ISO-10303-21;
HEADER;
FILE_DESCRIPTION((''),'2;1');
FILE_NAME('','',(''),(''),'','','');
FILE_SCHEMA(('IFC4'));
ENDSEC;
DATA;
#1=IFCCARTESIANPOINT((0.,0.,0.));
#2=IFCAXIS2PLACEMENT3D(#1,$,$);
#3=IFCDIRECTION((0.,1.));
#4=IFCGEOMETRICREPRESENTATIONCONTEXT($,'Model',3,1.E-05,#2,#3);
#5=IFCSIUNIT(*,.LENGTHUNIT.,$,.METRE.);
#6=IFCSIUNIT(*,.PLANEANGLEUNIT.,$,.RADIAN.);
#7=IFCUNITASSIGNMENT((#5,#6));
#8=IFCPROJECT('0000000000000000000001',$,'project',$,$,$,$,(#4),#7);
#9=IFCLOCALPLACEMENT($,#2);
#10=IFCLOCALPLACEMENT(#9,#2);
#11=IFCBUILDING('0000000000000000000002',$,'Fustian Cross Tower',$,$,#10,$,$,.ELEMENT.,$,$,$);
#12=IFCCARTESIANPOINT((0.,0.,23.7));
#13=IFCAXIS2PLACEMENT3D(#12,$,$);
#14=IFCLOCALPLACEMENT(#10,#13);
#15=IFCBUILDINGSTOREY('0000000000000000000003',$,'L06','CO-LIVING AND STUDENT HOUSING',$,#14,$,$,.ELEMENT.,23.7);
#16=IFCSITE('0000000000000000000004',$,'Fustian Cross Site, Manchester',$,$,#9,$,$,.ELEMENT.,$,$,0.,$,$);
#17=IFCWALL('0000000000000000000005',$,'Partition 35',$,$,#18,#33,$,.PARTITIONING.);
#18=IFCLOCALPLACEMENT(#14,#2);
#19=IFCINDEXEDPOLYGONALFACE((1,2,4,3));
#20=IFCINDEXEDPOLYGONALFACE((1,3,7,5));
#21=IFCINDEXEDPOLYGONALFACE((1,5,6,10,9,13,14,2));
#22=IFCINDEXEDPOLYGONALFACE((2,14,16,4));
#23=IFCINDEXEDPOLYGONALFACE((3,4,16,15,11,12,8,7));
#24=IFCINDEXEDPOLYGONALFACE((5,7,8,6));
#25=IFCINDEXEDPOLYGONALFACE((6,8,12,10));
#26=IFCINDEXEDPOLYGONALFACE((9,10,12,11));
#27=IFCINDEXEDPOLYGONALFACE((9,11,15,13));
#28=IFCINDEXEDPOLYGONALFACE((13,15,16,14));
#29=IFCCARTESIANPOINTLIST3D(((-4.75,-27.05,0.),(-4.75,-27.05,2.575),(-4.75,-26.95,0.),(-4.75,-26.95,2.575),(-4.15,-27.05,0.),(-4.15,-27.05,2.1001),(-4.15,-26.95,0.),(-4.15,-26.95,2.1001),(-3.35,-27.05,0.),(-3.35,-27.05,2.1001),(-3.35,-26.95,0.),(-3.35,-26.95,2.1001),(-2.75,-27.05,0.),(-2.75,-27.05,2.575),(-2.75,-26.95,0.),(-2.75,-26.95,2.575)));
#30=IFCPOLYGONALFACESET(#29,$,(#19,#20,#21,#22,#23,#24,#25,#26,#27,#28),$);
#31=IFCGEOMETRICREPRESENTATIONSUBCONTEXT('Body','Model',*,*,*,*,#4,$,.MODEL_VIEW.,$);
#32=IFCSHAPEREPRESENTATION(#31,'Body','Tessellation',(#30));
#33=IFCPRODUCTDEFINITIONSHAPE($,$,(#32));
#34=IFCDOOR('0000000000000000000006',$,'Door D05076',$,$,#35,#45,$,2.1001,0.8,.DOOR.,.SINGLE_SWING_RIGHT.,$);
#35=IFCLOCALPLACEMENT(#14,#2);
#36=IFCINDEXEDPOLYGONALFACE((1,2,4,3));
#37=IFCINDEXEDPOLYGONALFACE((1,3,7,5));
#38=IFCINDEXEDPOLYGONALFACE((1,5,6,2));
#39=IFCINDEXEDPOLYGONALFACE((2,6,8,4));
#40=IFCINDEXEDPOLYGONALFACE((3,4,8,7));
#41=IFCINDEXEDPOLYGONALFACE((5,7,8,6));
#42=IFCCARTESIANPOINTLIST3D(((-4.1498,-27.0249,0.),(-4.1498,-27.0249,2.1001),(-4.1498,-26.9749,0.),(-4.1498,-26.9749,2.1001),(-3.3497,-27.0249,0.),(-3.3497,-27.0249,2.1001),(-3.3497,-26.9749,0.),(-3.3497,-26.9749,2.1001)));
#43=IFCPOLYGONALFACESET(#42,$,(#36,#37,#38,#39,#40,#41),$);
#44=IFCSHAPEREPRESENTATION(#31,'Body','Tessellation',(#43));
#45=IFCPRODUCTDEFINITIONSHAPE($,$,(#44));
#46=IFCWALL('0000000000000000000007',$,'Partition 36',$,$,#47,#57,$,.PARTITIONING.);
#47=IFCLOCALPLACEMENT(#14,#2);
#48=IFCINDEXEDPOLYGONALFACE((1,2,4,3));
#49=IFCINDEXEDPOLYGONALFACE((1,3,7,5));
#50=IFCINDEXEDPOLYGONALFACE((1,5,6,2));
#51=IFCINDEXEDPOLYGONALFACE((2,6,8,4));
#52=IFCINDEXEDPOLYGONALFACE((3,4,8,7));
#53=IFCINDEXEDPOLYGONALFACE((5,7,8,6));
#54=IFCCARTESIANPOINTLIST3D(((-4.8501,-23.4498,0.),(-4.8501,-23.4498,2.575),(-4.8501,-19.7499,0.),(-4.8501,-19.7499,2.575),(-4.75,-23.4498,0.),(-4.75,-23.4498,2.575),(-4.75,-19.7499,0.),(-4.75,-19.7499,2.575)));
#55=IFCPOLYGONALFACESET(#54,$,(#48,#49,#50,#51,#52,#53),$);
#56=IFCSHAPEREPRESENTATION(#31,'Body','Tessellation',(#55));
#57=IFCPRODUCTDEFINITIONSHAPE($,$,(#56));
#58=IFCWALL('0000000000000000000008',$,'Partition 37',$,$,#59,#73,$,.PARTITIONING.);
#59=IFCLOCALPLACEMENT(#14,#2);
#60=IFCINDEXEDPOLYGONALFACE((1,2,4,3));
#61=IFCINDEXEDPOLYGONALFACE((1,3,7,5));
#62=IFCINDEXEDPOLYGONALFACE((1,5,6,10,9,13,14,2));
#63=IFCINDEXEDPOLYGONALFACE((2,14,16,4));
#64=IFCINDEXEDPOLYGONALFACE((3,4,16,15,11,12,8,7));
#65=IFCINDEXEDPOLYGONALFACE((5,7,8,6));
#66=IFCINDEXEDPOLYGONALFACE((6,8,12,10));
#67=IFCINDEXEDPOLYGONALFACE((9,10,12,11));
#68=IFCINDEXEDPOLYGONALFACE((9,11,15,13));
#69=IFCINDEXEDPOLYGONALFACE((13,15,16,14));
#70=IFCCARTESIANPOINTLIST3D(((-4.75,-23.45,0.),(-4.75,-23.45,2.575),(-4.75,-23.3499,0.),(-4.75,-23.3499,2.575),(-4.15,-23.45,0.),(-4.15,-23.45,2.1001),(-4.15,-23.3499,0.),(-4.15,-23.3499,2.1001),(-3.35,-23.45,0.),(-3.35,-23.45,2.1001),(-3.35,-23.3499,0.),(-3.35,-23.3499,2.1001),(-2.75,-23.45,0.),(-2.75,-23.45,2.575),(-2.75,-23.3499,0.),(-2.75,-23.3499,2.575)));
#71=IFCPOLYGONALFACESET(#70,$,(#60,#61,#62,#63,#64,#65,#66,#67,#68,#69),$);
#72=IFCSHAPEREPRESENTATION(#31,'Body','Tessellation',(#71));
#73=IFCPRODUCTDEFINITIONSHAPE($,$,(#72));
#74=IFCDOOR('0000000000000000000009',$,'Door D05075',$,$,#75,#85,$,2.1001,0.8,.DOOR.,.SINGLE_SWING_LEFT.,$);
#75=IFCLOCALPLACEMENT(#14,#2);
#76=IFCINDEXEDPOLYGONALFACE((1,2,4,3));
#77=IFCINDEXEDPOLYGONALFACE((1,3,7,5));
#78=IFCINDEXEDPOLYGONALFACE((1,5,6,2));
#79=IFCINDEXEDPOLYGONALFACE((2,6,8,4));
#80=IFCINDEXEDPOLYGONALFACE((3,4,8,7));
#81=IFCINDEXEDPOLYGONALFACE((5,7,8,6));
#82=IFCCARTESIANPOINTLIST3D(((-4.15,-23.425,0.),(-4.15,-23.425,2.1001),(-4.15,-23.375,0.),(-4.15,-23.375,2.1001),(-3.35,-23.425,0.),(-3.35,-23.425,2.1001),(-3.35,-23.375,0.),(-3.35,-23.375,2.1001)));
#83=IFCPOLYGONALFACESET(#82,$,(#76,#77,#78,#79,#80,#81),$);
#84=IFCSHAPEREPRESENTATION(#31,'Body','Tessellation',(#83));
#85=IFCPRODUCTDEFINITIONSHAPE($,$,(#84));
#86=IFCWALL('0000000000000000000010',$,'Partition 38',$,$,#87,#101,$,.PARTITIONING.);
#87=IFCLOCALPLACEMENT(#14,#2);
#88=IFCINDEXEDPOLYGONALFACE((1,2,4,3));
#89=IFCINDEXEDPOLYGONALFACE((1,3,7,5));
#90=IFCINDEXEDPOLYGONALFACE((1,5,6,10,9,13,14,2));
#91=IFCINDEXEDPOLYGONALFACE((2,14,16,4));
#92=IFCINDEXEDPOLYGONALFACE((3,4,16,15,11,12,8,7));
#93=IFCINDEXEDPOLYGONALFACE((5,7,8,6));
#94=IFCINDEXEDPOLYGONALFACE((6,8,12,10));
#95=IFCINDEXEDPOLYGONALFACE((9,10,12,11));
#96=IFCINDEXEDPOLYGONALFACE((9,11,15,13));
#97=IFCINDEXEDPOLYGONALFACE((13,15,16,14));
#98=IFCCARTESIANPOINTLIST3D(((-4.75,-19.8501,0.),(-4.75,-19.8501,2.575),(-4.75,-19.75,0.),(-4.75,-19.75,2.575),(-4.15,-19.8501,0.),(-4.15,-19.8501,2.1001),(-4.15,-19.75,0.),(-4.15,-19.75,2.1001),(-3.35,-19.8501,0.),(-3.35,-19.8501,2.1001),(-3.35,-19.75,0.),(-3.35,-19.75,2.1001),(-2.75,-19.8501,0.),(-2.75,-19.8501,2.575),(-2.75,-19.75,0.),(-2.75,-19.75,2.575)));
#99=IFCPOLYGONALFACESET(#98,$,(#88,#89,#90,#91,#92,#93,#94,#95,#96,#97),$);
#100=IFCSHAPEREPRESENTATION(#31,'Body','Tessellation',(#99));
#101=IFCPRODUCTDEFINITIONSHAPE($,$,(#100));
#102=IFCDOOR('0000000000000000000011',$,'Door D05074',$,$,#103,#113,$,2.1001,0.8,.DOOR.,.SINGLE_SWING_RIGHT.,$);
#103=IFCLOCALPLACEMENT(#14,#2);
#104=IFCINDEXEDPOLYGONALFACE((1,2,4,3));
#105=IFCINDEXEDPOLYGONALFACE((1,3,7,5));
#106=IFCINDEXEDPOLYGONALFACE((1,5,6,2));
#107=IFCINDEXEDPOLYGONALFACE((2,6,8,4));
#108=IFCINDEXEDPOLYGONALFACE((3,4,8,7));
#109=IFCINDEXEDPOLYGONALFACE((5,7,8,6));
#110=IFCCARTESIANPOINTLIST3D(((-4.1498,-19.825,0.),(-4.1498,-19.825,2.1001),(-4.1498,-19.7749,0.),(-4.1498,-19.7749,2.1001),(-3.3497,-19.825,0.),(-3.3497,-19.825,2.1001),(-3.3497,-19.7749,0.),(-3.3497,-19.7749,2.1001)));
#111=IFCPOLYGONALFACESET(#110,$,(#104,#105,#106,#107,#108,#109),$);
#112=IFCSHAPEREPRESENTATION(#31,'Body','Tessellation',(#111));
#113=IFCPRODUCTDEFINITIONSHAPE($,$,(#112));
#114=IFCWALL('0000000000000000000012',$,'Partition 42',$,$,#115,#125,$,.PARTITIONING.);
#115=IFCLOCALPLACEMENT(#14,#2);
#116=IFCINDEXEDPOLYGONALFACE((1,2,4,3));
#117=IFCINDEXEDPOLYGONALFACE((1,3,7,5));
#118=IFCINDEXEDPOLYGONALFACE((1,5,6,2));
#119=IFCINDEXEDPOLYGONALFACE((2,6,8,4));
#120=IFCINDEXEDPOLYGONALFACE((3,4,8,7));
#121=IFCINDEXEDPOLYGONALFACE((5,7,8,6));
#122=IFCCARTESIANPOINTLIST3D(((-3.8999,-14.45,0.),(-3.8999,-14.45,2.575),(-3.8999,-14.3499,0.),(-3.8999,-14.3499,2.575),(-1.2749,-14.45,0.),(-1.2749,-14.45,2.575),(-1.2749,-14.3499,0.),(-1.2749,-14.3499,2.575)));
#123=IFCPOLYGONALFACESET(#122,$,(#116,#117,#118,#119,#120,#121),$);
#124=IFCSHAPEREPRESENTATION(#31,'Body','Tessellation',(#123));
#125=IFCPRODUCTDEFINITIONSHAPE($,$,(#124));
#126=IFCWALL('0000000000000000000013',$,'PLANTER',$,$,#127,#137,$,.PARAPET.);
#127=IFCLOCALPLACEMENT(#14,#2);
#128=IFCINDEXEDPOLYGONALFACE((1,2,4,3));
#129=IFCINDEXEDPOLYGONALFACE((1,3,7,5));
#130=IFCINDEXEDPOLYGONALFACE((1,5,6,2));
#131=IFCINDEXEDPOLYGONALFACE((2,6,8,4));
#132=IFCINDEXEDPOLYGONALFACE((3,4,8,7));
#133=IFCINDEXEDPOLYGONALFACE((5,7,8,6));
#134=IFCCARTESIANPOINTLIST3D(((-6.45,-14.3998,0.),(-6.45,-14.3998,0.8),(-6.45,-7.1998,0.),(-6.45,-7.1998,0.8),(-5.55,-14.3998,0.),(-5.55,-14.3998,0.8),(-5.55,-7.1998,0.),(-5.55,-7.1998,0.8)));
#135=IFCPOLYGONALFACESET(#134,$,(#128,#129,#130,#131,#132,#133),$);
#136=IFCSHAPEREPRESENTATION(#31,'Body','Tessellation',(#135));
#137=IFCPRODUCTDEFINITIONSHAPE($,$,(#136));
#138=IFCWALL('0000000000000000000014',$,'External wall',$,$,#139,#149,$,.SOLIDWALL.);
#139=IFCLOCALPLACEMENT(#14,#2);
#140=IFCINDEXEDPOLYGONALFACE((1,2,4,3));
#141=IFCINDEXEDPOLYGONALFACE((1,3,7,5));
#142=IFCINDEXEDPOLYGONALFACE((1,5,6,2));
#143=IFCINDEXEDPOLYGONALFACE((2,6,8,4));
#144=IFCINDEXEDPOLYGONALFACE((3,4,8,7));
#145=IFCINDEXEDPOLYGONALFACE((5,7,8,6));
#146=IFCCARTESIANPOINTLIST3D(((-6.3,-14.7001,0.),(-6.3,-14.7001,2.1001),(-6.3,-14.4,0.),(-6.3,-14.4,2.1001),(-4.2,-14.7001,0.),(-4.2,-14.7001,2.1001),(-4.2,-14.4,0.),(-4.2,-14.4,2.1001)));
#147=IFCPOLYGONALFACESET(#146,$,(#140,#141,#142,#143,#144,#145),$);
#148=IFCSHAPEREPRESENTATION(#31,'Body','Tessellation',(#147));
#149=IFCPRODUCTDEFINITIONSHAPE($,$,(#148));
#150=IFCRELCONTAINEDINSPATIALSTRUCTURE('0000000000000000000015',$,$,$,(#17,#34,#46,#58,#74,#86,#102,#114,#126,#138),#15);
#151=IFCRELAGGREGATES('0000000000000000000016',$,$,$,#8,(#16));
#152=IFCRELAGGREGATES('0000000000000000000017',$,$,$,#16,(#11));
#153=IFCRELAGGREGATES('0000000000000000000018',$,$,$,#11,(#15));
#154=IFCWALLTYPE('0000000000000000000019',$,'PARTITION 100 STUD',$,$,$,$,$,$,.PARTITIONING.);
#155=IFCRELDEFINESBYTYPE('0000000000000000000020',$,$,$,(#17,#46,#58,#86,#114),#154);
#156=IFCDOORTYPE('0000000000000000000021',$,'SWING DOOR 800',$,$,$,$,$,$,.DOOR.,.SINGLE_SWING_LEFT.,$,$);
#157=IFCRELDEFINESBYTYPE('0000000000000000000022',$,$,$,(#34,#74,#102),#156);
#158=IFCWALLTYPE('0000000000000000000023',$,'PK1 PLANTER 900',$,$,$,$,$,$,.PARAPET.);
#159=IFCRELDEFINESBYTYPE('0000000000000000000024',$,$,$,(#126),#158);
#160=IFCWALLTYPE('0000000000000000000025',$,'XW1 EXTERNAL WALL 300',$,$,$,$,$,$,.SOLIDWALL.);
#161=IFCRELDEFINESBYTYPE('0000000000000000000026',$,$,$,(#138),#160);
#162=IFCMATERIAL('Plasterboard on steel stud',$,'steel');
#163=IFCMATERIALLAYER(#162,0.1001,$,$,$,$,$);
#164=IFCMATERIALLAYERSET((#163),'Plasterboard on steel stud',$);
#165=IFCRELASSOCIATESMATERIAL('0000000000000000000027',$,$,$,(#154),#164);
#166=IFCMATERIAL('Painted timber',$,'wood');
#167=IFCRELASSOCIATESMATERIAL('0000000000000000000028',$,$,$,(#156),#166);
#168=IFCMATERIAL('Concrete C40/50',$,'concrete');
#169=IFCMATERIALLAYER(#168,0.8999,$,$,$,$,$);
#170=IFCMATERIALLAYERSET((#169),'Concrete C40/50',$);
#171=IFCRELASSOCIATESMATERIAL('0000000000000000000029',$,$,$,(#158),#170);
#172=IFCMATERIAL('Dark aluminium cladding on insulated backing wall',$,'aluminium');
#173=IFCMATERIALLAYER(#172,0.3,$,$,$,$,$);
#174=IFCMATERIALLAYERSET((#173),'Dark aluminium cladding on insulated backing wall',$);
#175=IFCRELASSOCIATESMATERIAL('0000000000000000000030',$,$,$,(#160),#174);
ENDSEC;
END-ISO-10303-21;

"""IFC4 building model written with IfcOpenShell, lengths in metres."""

from ifc_helpers import new_model, si_unit, direction, frame, frame_2d, origin, place, context, subcontext, project, spatial, rectangle, extrude, material, layer, layer_set, type_object, element, fill, save


model = new_model("IFC4")

# Units and contexts
model_context = context("Model", 3, precision=1e-05, world=origin(), true_north=direction((0.0, 1.0)))
body_context = subcontext(model_context, "Body", "Model", "MODEL_VIEW")
ifc_project = project(units=[si_unit("LENGTHUNIT", "METRE"), si_unit("PLANEANGLEUNIT", "RADIAN")], contexts=[model_context])

# Site, building, storey
site_placement = place(None, origin())
site = spatial("IfcSite", under=ifc_project, at=site_placement, Name="Fustian Cross Site, Manchester", CompositionType="ELEMENT", RefElevation=0.0)
building_placement = place(site_placement, origin())
building = spatial("IfcBuilding", under=site, at=building_placement, Name="Fustian Cross Tower", CompositionType="ELEMENT")
storey_placement = place(building_placement, frame((0.0, 0.0, 23.7)))
storey = spatial("IfcBuildingStorey", under=building, at=storey_placement, Name="L06", Description="CO-LIVING AND STUDENT HOUSING", CompositionType="ELEMENT", Elevation=23.7)

# Shared definitions
ifc_material_1 = material(Name="Plasterboard on steel stud", Category="steel")
ifc_layer_1 = layer(ifc_material_1, 0.1001)
ifc_layer_set_1 = layer_set([ifc_layer_1], Name="Plasterboard on steel stud")
wall_type_1 = type_object("IfcWallType", Name="PARTITION 100 STUD", PredefinedType="PARTITIONING", material=ifc_layer_set_1)

# Wall, opening, door
wall_1_placement = place(storey_placement, frame((-4.75, -27.0, 0.0), z_axis=(0.0, 0.0, 1.0), x_axis=(1.0, 0.0, 0.0)))
wall_1 = element("IfcWall", 1, at=wall_1_placement, inside=storey, type_object=wall_type_1, Name="Partition 35", PredefinedType="PARTITIONING", context=body_context, shape_type="SweptSolid", body=[
    extrude(rectangle(XDim=2.0, YDim=0.1001, at=frame_2d((1.0, 0.0))), origin(), (0.0, 0.0, 1.0), 2.575),
])
opening_1_placement = place(wall_1_placement, frame((0.6001, 0.0, 0.0)))
opening_1 = element("IfcOpeningElement", 2, at=opening_1_placement, cuts=wall_1, PredefinedType="OPENING", context=body_context, shape_type="SweptSolid", body=[
    extrude(rectangle(XDim=0.8, YDim=2.1001, at=frame_2d((0.3999, 1.05))), frame((0.0, 0.0601, 0.0), z_axis=(0.0, -1.0, 0.0), x_axis=(1.0, 0.0, 0.0)), (0.0, 0.0, 1.0), 0.1201),
])
ifc_material_2 = material(Name="Painted timber", Category="wood")
door_type = type_object("IfcDoorType", Name="SWING DOOR 800", OperationType="SINGLE_SWING_LEFT", PredefinedType="DOOR", material=ifc_material_2)
door_1_placement = place(opening_1_placement, frame((0.8, 0.0, 0.0), z_axis=(0.0, 0.0, 1.0), x_axis=(-1.0, 0.0, 0.0)))
door_1 = element("IfcDoor", 3, at=door_1_placement, inside=storey, type_object=door_type, Name="Door D05076", OperationType="SINGLE_SWING_RIGHT", OverallHeight=2.1001, OverallWidth=0.8, PredefinedType="DOOR", context=body_context, shape_type="SweptSolid", body=[
    extrude(rectangle(XDim=0.8, YDim=2.1001, at=frame_2d((0.3999, 1.05))), frame((0.0, 0.0249, 0.0), z_axis=(0.0, -1.0, 0.0), x_axis=(1.0, 0.0, 0.0)), (0.0, 0.0, 1.0), 0.05),
])
fill(opening_1, door_1)

# Wall
wall_2_placement = place(storey_placement, frame((-4.8, -23.45, 0.0), z_axis=(0.0, 0.0, 1.0), x_axis=(0.0, 1.0, 0.0)))
element("IfcWall", 4, at=wall_2_placement, inside=storey, type_object=wall_type_1, Name="Partition 36", PredefinedType="PARTITIONING", context=body_context, shape_type="SweptSolid", body=[
    extrude(rectangle(XDim=3.7, YDim=0.1001, at=frame_2d((1.8501, 0.0))), origin(), (0.0, 0.0, 1.0), 2.575),
])

# Walls, openings, doors
wall_3_placement = place(storey_placement, frame((-4.75, -23.3999, 0.0), z_axis=(0.0, 0.0, 1.0), x_axis=(1.0, 0.0, 0.0)))
wall_3 = element("IfcWall", 5, at=wall_3_placement, inside=storey, type_object=wall_type_1, Name="Partition 37", PredefinedType="PARTITIONING", context=body_context, shape_type="SweptSolid", body=[
    extrude(rectangle(XDim=2.0, YDim=0.1001, at=frame_2d((1.0, 0.0))), origin(), (0.0, 0.0, 1.0), 2.575),
])
opening_2_placement = place(wall_3_placement, frame((0.6001, 0.0, 0.0)))
opening_2 = element("IfcOpeningElement", 6, at=opening_2_placement, cuts=wall_3, PredefinedType="OPENING", context=body_context, shape_type="SweptSolid", body=[
    extrude(rectangle(XDim=0.8, YDim=2.1001, at=frame_2d((0.3999, 1.05))), frame((0.0, 0.0601, 0.0), z_axis=(0.0, -1.0, 0.0), x_axis=(1.0, 0.0, 0.0)), (0.0, 0.0, 1.0), 0.1201),
])
door_2_placement = place(opening_2_placement, origin())
door_2 = element("IfcDoor", 7, at=door_2_placement, inside=storey, type_object=door_type, Name="Door D05075", OperationType="SINGLE_SWING_LEFT", OverallHeight=2.1001, OverallWidth=0.8, PredefinedType="DOOR", context=body_context, shape_type="SweptSolid", body=[
    extrude(rectangle(XDim=0.8, YDim=2.1001, at=frame_2d((0.3999, 1.05))), frame((0.0, 0.0249, 0.0), z_axis=(0.0, -1.0, 0.0), x_axis=(1.0, 0.0, 0.0)), (0.0, 0.0, 1.0), 0.05),
])
fill(opening_2, door_2)
wall_4_placement = place(storey_placement, frame((-4.75, -19.8, 0.0), z_axis=(0.0, 0.0, 1.0), x_axis=(1.0, 0.0, 0.0)))
wall_4 = element("IfcWall", 8, at=wall_4_placement, inside=storey, type_object=wall_type_1, Name="Partition 38", PredefinedType="PARTITIONING", context=body_context, shape_type="SweptSolid", body=[
    extrude(rectangle(XDim=2.0, YDim=0.1001, at=frame_2d((1.0, 0.0))), origin(), (0.0, 0.0, 1.0), 2.575),
])
opening_3_placement = place(wall_4_placement, frame((0.6001, 0.0, 0.0)))
opening_3 = element("IfcOpeningElement", 9, at=opening_3_placement, cuts=wall_4, PredefinedType="OPENING", context=body_context, shape_type="SweptSolid", body=[
    extrude(rectangle(XDim=0.8, YDim=2.1001, at=frame_2d((0.3999, 1.05))), frame((0.0, 0.0601, 0.0), z_axis=(0.0, -1.0, 0.0), x_axis=(1.0, 0.0, 0.0)), (0.0, 0.0, 1.0), 0.1201),
])
door_3_placement = place(opening_3_placement, frame((0.8, 0.0, 0.0), z_axis=(0.0, 0.0, 1.0), x_axis=(-1.0, 0.0, 0.0)))
door_3 = element("IfcDoor", 10, at=door_3_placement, inside=storey, type_object=door_type, Name="Door D05074", OperationType="SINGLE_SWING_RIGHT", OverallHeight=2.1001, OverallWidth=0.8, PredefinedType="DOOR", context=body_context, shape_type="SweptSolid", body=[
    extrude(rectangle(XDim=0.8, YDim=2.1001, at=frame_2d((0.3999, 1.05))), frame((0.0, 0.0249, 0.0), z_axis=(0.0, -1.0, 0.0), x_axis=(1.0, 0.0, 0.0)), (0.0, 0.0, 1.0), 0.05),
])
fill(opening_3, door_3)

# Walls
wall_5_placement = place(storey_placement, frame((-3.8999, -14.3999, 0.0), z_axis=(0.0, 0.0, 1.0), x_axis=(1.0, 0.0, 0.0)))
element("IfcWall", 11, at=wall_5_placement, inside=storey, type_object=wall_type_1, Name="Partition 42", PredefinedType="PARTITIONING", context=body_context, shape_type="SweptSolid", body=[
    extrude(rectangle(XDim=2.625, YDim=0.1001, at=frame_2d((1.3125, 0.0))), origin(), (0.0, 0.0, 1.0), 2.575),
])
ifc_material_3 = material(Name="Concrete C40/50", Category="concrete")
ifc_layer_2 = layer(ifc_material_3, 0.8999)
ifc_layer_set_2 = layer_set([ifc_layer_2], Name="Concrete C40/50")
wall_type_2 = type_object("IfcWallType", Name="PK1 PLANTER 900", PredefinedType="PARAPET", material=ifc_layer_set_2)
wall_6_placement = place(storey_placement, frame((-6.0, -14.3999, 0.0), z_axis=(0.0, 0.0, 1.0), x_axis=(0.0, 1.0, 0.0)))
element("IfcWall", 12, at=wall_6_placement, inside=storey, type_object=wall_type_2, Name="PLANTER", PredefinedType="PARAPET", context=body_context, shape_type="SweptSolid", body=[
    extrude(rectangle(XDim=7.2, YDim=0.8999, at=frame_2d((3.6001, 0.0))), origin(), (0.0, 0.0, 1.0), 0.8),
])
ifc_material_4 = material(Name="Dark aluminium cladding on insulated backing wall", Category="aluminium")
ifc_layer_3 = layer(ifc_material_4, 0.3)
ifc_layer_set_3 = layer_set([ifc_layer_3], Name="Dark aluminium cladding on insulated backing wall")
wall_type_3 = type_object("IfcWallType", Name="XW1 EXTERNAL WALL 300", PredefinedType="SOLIDWALL", material=ifc_layer_set_3)
wall_7_placement = place(storey_placement, frame((-4.2, -14.55, 0.0), z_axis=(0.0, 0.0, 1.0), x_axis=(-1.0, 0.0, 0.0)))
element("IfcWall", 13, at=wall_7_placement, inside=storey, type_object=wall_type_3, Name="External wall", PredefinedType="SOLIDWALL", context=body_context, shape_type="SweptSolid", body=[
    extrude(rectangle(XDim=2.1001, YDim=0.3, at=frame_2d((1.05, 0.0))), origin(), (0.0, 0.0, 1.0), 2.1001),
])

save(model, "model.ifc")
